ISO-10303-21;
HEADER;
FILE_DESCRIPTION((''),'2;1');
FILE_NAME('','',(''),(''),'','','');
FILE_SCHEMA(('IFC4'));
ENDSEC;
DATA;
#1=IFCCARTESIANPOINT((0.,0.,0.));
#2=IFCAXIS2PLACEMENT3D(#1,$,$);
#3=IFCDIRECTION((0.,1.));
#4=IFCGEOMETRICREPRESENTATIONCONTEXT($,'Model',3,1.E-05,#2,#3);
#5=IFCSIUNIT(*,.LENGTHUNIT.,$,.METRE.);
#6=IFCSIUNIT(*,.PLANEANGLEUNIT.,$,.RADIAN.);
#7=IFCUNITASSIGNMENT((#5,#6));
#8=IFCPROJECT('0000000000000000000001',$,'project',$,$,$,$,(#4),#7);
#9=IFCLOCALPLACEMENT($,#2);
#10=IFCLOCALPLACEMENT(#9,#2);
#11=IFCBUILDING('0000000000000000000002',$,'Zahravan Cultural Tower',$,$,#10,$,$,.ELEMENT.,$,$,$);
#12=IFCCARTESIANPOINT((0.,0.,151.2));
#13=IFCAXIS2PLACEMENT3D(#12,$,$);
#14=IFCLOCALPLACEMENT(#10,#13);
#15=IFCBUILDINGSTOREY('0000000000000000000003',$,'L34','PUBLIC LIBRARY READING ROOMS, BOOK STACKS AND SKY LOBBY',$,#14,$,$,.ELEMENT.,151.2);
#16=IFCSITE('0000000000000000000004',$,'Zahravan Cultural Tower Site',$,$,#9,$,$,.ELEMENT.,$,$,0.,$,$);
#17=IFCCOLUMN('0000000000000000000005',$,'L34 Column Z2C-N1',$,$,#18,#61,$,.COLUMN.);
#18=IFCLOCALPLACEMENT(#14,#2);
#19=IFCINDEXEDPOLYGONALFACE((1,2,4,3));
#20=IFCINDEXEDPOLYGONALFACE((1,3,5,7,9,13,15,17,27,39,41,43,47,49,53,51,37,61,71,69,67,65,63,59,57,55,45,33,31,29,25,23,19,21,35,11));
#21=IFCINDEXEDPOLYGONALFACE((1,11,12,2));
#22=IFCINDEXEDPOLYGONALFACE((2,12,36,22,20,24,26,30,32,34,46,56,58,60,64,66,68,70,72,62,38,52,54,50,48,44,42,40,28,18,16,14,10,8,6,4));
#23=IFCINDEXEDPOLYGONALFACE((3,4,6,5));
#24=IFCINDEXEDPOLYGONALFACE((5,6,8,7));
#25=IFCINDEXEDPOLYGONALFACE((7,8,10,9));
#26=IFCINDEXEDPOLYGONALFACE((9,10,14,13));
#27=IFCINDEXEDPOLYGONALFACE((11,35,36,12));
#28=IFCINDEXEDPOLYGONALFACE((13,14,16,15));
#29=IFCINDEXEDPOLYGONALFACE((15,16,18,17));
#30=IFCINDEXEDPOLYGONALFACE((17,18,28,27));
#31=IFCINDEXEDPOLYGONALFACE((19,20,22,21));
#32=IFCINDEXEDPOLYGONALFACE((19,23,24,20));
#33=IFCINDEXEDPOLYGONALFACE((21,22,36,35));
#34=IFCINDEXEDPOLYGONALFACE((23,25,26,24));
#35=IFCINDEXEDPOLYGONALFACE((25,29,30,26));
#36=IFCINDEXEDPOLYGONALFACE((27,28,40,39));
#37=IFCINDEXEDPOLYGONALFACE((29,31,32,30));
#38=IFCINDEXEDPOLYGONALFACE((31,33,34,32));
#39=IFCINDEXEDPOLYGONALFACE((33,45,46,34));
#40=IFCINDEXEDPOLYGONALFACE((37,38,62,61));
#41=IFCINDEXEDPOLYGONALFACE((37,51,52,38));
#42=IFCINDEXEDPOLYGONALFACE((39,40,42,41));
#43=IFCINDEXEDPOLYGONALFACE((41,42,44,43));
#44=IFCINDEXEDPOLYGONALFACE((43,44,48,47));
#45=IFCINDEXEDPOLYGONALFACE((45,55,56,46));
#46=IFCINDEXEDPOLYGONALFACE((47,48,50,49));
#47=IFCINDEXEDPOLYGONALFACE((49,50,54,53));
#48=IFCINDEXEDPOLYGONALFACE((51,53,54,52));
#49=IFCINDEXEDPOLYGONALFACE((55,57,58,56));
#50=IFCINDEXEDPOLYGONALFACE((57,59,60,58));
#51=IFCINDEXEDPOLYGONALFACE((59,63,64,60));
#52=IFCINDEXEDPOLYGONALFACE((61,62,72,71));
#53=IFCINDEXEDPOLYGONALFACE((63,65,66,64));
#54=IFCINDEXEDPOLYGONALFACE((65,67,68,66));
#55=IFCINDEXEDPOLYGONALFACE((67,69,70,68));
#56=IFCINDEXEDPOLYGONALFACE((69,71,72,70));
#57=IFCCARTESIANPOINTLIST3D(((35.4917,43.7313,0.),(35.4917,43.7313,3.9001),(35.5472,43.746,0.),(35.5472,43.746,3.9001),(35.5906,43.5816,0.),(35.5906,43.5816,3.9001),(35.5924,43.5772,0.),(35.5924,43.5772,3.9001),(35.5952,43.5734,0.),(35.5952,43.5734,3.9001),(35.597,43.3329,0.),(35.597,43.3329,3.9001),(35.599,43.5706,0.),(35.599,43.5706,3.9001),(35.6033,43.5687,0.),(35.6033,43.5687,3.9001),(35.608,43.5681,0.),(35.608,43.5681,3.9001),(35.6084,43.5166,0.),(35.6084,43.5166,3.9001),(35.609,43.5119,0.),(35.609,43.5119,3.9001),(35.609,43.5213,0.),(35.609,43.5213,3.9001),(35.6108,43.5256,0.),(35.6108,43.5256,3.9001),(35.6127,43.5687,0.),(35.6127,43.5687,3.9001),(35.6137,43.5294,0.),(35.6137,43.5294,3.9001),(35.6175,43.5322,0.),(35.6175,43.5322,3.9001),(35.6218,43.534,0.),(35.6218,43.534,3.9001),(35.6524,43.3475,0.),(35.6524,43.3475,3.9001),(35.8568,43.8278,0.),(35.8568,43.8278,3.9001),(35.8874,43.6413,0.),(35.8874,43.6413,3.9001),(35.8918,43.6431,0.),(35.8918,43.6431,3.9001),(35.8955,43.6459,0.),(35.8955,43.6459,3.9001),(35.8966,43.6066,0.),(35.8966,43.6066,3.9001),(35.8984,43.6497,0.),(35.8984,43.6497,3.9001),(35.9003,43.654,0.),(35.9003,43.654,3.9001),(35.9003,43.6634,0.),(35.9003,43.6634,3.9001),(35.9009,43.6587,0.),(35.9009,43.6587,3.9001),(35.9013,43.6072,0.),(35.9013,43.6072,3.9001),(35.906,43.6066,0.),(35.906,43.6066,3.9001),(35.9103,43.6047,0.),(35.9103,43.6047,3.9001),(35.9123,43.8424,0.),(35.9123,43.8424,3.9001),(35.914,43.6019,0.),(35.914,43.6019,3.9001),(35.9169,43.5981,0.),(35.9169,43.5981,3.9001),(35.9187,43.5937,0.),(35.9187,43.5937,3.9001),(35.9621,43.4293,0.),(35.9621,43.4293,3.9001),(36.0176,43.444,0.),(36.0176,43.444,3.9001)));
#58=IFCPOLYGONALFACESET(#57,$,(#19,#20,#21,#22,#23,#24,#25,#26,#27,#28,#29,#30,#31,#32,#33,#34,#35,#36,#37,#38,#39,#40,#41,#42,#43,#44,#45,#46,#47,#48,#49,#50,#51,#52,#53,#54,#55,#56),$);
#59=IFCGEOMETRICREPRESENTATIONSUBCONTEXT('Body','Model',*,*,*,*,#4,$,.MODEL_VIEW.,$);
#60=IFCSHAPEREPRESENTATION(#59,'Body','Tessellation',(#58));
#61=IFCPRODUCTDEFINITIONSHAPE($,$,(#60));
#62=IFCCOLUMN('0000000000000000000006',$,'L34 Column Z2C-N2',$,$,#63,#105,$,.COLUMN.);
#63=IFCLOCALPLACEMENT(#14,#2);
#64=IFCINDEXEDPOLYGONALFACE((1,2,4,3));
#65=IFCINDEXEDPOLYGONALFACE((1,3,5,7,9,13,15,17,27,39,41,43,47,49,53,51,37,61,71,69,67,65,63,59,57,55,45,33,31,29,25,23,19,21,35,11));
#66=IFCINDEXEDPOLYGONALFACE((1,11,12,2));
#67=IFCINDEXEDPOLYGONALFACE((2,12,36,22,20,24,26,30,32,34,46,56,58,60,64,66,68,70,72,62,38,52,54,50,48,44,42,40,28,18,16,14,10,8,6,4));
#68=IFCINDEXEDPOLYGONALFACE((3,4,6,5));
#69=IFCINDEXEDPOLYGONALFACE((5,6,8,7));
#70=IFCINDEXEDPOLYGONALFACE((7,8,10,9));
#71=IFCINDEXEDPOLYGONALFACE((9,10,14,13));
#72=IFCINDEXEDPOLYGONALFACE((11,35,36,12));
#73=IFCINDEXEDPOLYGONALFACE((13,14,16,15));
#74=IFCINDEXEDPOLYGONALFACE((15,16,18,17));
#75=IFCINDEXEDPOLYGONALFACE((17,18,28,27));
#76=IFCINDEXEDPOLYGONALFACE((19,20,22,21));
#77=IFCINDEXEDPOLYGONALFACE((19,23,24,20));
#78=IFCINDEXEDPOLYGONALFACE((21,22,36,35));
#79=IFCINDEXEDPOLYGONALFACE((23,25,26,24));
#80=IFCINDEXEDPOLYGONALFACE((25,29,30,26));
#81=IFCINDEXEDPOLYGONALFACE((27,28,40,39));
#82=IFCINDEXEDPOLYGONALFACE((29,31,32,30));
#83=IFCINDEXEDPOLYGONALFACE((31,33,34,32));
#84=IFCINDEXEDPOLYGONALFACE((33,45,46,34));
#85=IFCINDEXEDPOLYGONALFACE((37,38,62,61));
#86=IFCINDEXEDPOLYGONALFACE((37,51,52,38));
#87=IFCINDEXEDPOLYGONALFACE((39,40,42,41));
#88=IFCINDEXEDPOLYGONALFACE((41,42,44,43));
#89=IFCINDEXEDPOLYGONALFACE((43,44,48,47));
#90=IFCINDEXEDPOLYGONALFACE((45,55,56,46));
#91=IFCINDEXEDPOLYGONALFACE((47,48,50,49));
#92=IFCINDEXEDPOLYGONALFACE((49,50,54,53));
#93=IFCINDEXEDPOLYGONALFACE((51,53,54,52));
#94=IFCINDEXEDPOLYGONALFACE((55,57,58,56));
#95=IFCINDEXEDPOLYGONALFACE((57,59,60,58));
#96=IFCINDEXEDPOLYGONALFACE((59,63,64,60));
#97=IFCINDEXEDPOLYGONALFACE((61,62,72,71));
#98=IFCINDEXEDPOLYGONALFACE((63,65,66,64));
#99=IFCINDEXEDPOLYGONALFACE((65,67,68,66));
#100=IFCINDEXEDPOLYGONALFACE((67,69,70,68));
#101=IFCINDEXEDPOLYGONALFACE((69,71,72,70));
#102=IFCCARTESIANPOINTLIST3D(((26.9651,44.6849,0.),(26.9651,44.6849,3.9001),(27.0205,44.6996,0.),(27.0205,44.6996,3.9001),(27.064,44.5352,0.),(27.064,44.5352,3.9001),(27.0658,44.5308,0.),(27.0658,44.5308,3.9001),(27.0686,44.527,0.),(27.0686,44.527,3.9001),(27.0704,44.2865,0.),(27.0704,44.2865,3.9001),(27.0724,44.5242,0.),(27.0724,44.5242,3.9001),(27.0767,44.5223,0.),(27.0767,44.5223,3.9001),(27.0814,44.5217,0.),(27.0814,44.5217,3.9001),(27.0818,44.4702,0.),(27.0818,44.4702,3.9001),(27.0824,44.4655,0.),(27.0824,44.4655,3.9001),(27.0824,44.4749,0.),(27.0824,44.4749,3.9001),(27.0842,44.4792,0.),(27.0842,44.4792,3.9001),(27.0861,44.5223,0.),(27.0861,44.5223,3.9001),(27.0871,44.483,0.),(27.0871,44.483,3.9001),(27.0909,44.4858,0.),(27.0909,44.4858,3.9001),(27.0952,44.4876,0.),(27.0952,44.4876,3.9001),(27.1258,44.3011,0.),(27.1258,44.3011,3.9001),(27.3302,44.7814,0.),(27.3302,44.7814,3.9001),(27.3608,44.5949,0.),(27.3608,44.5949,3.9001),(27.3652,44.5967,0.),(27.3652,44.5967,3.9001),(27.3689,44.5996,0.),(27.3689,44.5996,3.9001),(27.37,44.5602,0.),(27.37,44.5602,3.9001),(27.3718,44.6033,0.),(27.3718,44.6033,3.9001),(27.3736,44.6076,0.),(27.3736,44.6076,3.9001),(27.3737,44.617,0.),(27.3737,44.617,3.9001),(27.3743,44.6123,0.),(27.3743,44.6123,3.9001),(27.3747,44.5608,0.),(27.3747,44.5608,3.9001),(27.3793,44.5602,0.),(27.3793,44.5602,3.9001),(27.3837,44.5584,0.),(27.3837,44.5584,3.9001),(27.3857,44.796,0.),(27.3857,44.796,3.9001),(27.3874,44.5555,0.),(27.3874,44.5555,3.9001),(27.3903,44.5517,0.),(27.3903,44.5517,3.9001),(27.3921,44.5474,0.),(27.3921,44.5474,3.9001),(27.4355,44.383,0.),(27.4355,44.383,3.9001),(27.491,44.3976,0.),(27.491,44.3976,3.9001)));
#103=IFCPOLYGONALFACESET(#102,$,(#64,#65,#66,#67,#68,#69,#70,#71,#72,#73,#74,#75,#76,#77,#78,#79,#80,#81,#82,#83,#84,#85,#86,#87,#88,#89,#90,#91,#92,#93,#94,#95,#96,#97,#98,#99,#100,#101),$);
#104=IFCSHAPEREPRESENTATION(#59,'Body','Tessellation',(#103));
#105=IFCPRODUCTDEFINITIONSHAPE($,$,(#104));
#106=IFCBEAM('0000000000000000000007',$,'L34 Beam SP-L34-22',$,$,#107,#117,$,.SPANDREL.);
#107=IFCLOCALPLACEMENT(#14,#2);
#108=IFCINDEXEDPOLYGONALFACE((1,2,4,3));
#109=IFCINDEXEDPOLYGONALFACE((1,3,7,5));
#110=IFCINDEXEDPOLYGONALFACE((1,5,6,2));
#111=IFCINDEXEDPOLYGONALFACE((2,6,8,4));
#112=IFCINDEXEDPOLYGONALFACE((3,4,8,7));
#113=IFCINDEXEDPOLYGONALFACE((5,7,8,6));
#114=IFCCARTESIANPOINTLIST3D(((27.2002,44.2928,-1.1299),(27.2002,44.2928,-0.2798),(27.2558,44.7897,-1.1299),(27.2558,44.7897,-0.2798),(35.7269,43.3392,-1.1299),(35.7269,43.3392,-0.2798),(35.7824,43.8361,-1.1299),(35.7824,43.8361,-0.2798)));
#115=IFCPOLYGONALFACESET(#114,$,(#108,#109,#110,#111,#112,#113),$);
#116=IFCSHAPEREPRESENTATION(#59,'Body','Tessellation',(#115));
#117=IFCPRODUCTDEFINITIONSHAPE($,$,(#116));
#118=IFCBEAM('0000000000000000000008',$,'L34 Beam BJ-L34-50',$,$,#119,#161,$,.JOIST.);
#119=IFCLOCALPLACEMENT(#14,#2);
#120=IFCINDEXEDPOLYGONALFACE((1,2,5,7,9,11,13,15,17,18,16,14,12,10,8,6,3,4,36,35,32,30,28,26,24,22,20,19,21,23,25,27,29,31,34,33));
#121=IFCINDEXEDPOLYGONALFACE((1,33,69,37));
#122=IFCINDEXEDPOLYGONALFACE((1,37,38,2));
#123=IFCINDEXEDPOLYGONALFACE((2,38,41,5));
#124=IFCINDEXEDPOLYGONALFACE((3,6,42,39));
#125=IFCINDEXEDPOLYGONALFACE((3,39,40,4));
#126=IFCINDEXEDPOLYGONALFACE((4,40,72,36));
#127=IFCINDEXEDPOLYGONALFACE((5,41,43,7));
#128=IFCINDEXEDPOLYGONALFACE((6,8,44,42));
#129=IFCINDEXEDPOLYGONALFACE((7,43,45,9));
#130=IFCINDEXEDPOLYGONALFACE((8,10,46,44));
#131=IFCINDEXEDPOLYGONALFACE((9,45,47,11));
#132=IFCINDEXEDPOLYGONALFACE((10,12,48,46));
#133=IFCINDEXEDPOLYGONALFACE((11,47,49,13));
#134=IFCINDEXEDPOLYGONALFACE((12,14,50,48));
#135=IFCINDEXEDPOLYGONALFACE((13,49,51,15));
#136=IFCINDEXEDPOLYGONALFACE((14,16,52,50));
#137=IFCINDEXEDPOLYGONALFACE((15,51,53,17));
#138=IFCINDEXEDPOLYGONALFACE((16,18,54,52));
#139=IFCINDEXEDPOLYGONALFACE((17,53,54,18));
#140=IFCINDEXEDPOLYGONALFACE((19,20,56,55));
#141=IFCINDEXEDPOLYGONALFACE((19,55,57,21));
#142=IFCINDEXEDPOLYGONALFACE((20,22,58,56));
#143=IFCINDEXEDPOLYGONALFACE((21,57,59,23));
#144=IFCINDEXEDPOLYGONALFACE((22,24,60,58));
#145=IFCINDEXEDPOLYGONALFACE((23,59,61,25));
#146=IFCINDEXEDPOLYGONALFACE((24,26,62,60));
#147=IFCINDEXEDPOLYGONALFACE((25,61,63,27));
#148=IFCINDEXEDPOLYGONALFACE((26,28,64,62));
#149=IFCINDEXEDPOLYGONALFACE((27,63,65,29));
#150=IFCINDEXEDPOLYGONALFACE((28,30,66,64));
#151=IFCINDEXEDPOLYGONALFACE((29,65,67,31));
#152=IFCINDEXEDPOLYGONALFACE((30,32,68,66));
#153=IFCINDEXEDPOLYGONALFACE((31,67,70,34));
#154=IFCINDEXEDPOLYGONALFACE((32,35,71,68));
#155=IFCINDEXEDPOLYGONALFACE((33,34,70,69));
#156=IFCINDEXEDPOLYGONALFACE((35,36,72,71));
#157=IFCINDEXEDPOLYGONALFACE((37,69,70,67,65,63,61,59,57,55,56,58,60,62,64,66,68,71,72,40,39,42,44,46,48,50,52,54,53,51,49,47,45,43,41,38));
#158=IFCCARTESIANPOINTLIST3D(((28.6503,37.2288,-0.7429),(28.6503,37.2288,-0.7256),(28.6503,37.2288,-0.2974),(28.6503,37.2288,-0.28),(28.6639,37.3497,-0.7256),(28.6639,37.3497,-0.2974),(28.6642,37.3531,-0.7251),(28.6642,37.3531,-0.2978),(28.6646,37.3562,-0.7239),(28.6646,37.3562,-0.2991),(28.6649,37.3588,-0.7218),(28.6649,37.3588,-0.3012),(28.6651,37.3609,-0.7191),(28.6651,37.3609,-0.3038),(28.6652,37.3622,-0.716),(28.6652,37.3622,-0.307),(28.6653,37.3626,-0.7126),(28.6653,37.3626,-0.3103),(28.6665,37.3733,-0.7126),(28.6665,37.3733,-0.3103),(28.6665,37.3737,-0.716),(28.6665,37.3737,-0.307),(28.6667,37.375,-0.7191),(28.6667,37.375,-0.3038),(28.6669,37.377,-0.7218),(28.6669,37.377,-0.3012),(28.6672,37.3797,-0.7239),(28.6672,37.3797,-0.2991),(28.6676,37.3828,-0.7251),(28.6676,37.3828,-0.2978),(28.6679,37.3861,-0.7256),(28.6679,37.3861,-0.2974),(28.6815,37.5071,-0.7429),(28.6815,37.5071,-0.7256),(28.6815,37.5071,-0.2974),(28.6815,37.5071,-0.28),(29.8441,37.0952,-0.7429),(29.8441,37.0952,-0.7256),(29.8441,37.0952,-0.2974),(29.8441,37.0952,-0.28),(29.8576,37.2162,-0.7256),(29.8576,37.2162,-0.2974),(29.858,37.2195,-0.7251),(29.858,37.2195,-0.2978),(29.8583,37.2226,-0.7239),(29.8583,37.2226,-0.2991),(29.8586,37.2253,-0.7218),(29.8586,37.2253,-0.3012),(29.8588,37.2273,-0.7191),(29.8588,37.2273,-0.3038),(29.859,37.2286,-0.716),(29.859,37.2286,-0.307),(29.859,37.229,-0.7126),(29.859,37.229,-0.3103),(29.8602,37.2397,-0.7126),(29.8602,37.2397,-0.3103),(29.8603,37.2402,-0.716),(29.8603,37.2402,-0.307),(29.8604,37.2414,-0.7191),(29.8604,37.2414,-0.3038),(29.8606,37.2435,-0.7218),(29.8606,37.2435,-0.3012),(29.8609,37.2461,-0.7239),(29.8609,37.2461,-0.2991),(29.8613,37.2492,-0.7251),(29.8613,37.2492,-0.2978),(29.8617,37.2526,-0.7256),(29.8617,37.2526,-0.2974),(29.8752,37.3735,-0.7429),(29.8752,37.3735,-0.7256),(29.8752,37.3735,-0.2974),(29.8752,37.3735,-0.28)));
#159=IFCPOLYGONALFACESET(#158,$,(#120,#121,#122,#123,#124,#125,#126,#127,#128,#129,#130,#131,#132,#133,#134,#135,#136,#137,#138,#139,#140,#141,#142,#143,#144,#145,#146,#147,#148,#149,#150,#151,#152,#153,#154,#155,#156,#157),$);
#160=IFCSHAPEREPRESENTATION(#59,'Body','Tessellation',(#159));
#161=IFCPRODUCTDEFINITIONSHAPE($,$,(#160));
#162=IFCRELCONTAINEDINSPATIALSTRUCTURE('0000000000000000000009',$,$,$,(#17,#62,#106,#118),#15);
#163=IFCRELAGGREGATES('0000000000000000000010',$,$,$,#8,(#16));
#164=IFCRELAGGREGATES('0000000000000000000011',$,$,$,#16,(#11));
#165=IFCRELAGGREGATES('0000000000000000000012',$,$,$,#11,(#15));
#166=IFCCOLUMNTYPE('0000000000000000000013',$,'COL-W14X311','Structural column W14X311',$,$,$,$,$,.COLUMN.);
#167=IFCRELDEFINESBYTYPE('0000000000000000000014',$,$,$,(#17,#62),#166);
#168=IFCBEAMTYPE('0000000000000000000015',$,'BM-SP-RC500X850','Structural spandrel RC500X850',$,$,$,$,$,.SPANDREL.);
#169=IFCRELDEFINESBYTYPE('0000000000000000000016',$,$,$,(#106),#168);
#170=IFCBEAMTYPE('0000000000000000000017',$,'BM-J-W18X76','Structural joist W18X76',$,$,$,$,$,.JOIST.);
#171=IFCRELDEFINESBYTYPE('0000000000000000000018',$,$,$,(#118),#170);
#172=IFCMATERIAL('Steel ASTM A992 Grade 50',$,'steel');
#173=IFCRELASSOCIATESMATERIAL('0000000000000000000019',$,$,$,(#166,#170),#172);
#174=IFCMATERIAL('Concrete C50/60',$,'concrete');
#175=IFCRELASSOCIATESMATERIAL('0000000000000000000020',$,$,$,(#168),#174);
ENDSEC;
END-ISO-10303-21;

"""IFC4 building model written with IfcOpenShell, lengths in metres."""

from ifc_helpers import new_model, si_unit, direction, frame, origin, origin_2d, place, context, subcontext, project, spatial, rectangle, i_section, extrude, source, transform, mapped, material, material_profile, profile_set, type_object, element, save


model = new_model("IFC4")

# Units and contexts
model_context = context("Model", 3, precision=1e-05, world=origin(), true_north=direction((0.0, 1.0)))
body_context = subcontext(model_context, "Body", "Model", "MODEL_VIEW")
ifc_project = project(units=[si_unit("LENGTHUNIT", "METRE"), si_unit("PLANEANGLEUNIT", "RADIAN")], contexts=[model_context])

# Site, building, storey
site_placement = place(None, origin())
site = spatial("IfcSite", under=ifc_project, at=site_placement, Name="Zahravan Cultural Tower Site", CompositionType="ELEMENT", RefElevation=0.0)
building_placement = place(site_placement, origin())
building = spatial("IfcBuilding", under=site, at=building_placement, Name="Zahravan Cultural Tower", CompositionType="ELEMENT")
storey_placement = place(building_placement, frame((0.0, 0.0, 151.2)))
storey = spatial("IfcBuildingStorey", under=building, at=storey_placement, Name="L34", Description="PUBLIC LIBRARY READING ROOMS, BOOK STACKS AND SKY LOBBY", CompositionType="ELEMENT", Elevation=151.2)

# Columns
ifc_material_1 = material(Name="Steel ASTM A992 Grade 50", Category="steel")
ifc_material_profile_1 = material_profile(ifc_material_1, i_section(OverallWidth=0.4121, OverallDepth=0.4351, WebThickness=0.0359, FlangeThickness=0.0574, FilletRadius=0.0181, at=origin_2d()), Name="W14X311")
ifc_profile_set_1 = profile_set([ifc_material_profile_1], Name="Steel ASTM A992 Grade 50")
column_type = type_object("IfcColumnType", Name="COL-W14X311", Description="Structural column W14X311", PredefinedType="COLUMN", material=ifc_profile_set_1)
shared_shape_1 = source(origin(), body_context, "Body", "SweptSolid", [
    extrude(i_section(OverallWidth=0.4121, OverallDepth=0.4351, WebThickness=0.0359, FlangeThickness=0.0574, FilletRadius=0.0181, at=origin_2d()), origin(), (0.0, 0.0, 1.0), 3.9001),
])
for number, where, z_axis, x_axis, name in (
    (1, (35.7546, 43.5876, 0.0), (0.0, 0.0, 1.0), (-0.255446, 0.966823, 0.0), "L34 Column Z2C-N1"),
    (2, (27.228, 44.5413, 0.0), (0.0, 0.0, 1.0), (-0.255446, 0.966823, 0.0), "L34 Column Z2C-N2"),
):
    element("IfcColumn", number, at=place(storey_placement, frame(where, z_axis=z_axis, x_axis=x_axis)), inside=storey, type_object=column_type, Name=name, PredefinedType="COLUMN", context=body_context, shape_type="MappedRepresentation", body=[
        mapped(shared_shape_1, transform((0.0, 0.0, 0.0), x_axis=(1.0, 0.0, 0.0), y_axis=(0.0, 1.0, 0.0), z_axis=(0.0, 0.0, 1.0), scale=1.0)),
    ])

# Beams
ifc_material_2 = material(Name="Concrete C50/60", Category="concrete")
ifc_material_profile_2 = material_profile(ifc_material_2, rectangle(XDim=0.5, YDim=0.8501, at=origin_2d()), Name="RC500X850")
ifc_profile_set_2 = profile_set([ifc_material_profile_2], Name="Concrete C50/60")
beam_type_1 = type_object("IfcBeamType", Name="BM-SP-RC500X850", Description="Structural spandrel RC500X850", PredefinedType="SPANDREL", material=ifc_profile_set_2)
shared_shape_2 = source(origin(), body_context, "Body", "SweptSolid", [
    extrude(rectangle(XDim=0.5, YDim=0.8501, at=origin_2d()), origin(), (0.0, 0.0, 1.0), 8.5798),
])
beam_1_placement = place(storey_placement, frame((35.7546, 43.5876, -0.7048), z_axis=(-0.993804, 0.111147, 0.0), x_axis=(-0.111147, -0.993804, 0.0)))
element("IfcBeam", 3, at=beam_1_placement, inside=storey, type_object=beam_type_1, Name="L34 Beam SP-L34-22", PredefinedType="SPANDREL", context=body_context, shape_type="MappedRepresentation", body=[
    mapped(shared_shape_2, transform((0.0, 0.0, 0.0), x_axis=(1.0, 0.0, 0.0), y_axis=(0.0, 1.0, 0.0), z_axis=(0.0, 0.0, 1.0), scale=1.0)),
])
ifc_material_profile_3 = material_profile(ifc_material_1, i_section(OverallWidth=0.28, OverallDepth=0.4629, WebThickness=0.0107, FlangeThickness=0.0173, FilletRadius=0.0129, at=origin_2d()), Name="W18X76")
ifc_profile_set_3 = profile_set([ifc_material_profile_3], Name="Steel ASTM A992 Grade 50")
beam_type_2 = type_object("IfcBeamType", Name="BM-J-W18X76", Description="Structural joist W18X76", PredefinedType="JOIST", material=ifc_profile_set_3)
shared_shape_3 = source(origin(), body_context, "Body", "SweptSolid", [
    extrude(i_section(OverallWidth=0.28, OverallDepth=0.4629, WebThickness=0.0107, FlangeThickness=0.0173, FilletRadius=0.0129, at=origin_2d()), origin(), (0.0, 0.0, 1.0), 1.2012),
])
beam_2_placement = place(storey_placement, frame((29.8596, 37.2344, -0.5115), z_axis=(-0.993799, 0.11119, 0.0), x_axis=(-0.11119, -0.993799, 0.0)))
element("IfcBeam", 4, at=beam_2_placement, inside=storey, type_object=beam_type_2, Name="L34 Beam BJ-L34-50", PredefinedType="JOIST", context=body_context, shape_type="MappedRepresentation", body=[
    mapped(shared_shape_3, transform((0.0, 0.0, 0.0), x_axis=(1.0, 0.0, 0.0), y_axis=(0.0, 1.0, 0.0), z_axis=(0.0, 0.0, 1.0), scale=1.0)),
])

save(model, "model.ifc")
